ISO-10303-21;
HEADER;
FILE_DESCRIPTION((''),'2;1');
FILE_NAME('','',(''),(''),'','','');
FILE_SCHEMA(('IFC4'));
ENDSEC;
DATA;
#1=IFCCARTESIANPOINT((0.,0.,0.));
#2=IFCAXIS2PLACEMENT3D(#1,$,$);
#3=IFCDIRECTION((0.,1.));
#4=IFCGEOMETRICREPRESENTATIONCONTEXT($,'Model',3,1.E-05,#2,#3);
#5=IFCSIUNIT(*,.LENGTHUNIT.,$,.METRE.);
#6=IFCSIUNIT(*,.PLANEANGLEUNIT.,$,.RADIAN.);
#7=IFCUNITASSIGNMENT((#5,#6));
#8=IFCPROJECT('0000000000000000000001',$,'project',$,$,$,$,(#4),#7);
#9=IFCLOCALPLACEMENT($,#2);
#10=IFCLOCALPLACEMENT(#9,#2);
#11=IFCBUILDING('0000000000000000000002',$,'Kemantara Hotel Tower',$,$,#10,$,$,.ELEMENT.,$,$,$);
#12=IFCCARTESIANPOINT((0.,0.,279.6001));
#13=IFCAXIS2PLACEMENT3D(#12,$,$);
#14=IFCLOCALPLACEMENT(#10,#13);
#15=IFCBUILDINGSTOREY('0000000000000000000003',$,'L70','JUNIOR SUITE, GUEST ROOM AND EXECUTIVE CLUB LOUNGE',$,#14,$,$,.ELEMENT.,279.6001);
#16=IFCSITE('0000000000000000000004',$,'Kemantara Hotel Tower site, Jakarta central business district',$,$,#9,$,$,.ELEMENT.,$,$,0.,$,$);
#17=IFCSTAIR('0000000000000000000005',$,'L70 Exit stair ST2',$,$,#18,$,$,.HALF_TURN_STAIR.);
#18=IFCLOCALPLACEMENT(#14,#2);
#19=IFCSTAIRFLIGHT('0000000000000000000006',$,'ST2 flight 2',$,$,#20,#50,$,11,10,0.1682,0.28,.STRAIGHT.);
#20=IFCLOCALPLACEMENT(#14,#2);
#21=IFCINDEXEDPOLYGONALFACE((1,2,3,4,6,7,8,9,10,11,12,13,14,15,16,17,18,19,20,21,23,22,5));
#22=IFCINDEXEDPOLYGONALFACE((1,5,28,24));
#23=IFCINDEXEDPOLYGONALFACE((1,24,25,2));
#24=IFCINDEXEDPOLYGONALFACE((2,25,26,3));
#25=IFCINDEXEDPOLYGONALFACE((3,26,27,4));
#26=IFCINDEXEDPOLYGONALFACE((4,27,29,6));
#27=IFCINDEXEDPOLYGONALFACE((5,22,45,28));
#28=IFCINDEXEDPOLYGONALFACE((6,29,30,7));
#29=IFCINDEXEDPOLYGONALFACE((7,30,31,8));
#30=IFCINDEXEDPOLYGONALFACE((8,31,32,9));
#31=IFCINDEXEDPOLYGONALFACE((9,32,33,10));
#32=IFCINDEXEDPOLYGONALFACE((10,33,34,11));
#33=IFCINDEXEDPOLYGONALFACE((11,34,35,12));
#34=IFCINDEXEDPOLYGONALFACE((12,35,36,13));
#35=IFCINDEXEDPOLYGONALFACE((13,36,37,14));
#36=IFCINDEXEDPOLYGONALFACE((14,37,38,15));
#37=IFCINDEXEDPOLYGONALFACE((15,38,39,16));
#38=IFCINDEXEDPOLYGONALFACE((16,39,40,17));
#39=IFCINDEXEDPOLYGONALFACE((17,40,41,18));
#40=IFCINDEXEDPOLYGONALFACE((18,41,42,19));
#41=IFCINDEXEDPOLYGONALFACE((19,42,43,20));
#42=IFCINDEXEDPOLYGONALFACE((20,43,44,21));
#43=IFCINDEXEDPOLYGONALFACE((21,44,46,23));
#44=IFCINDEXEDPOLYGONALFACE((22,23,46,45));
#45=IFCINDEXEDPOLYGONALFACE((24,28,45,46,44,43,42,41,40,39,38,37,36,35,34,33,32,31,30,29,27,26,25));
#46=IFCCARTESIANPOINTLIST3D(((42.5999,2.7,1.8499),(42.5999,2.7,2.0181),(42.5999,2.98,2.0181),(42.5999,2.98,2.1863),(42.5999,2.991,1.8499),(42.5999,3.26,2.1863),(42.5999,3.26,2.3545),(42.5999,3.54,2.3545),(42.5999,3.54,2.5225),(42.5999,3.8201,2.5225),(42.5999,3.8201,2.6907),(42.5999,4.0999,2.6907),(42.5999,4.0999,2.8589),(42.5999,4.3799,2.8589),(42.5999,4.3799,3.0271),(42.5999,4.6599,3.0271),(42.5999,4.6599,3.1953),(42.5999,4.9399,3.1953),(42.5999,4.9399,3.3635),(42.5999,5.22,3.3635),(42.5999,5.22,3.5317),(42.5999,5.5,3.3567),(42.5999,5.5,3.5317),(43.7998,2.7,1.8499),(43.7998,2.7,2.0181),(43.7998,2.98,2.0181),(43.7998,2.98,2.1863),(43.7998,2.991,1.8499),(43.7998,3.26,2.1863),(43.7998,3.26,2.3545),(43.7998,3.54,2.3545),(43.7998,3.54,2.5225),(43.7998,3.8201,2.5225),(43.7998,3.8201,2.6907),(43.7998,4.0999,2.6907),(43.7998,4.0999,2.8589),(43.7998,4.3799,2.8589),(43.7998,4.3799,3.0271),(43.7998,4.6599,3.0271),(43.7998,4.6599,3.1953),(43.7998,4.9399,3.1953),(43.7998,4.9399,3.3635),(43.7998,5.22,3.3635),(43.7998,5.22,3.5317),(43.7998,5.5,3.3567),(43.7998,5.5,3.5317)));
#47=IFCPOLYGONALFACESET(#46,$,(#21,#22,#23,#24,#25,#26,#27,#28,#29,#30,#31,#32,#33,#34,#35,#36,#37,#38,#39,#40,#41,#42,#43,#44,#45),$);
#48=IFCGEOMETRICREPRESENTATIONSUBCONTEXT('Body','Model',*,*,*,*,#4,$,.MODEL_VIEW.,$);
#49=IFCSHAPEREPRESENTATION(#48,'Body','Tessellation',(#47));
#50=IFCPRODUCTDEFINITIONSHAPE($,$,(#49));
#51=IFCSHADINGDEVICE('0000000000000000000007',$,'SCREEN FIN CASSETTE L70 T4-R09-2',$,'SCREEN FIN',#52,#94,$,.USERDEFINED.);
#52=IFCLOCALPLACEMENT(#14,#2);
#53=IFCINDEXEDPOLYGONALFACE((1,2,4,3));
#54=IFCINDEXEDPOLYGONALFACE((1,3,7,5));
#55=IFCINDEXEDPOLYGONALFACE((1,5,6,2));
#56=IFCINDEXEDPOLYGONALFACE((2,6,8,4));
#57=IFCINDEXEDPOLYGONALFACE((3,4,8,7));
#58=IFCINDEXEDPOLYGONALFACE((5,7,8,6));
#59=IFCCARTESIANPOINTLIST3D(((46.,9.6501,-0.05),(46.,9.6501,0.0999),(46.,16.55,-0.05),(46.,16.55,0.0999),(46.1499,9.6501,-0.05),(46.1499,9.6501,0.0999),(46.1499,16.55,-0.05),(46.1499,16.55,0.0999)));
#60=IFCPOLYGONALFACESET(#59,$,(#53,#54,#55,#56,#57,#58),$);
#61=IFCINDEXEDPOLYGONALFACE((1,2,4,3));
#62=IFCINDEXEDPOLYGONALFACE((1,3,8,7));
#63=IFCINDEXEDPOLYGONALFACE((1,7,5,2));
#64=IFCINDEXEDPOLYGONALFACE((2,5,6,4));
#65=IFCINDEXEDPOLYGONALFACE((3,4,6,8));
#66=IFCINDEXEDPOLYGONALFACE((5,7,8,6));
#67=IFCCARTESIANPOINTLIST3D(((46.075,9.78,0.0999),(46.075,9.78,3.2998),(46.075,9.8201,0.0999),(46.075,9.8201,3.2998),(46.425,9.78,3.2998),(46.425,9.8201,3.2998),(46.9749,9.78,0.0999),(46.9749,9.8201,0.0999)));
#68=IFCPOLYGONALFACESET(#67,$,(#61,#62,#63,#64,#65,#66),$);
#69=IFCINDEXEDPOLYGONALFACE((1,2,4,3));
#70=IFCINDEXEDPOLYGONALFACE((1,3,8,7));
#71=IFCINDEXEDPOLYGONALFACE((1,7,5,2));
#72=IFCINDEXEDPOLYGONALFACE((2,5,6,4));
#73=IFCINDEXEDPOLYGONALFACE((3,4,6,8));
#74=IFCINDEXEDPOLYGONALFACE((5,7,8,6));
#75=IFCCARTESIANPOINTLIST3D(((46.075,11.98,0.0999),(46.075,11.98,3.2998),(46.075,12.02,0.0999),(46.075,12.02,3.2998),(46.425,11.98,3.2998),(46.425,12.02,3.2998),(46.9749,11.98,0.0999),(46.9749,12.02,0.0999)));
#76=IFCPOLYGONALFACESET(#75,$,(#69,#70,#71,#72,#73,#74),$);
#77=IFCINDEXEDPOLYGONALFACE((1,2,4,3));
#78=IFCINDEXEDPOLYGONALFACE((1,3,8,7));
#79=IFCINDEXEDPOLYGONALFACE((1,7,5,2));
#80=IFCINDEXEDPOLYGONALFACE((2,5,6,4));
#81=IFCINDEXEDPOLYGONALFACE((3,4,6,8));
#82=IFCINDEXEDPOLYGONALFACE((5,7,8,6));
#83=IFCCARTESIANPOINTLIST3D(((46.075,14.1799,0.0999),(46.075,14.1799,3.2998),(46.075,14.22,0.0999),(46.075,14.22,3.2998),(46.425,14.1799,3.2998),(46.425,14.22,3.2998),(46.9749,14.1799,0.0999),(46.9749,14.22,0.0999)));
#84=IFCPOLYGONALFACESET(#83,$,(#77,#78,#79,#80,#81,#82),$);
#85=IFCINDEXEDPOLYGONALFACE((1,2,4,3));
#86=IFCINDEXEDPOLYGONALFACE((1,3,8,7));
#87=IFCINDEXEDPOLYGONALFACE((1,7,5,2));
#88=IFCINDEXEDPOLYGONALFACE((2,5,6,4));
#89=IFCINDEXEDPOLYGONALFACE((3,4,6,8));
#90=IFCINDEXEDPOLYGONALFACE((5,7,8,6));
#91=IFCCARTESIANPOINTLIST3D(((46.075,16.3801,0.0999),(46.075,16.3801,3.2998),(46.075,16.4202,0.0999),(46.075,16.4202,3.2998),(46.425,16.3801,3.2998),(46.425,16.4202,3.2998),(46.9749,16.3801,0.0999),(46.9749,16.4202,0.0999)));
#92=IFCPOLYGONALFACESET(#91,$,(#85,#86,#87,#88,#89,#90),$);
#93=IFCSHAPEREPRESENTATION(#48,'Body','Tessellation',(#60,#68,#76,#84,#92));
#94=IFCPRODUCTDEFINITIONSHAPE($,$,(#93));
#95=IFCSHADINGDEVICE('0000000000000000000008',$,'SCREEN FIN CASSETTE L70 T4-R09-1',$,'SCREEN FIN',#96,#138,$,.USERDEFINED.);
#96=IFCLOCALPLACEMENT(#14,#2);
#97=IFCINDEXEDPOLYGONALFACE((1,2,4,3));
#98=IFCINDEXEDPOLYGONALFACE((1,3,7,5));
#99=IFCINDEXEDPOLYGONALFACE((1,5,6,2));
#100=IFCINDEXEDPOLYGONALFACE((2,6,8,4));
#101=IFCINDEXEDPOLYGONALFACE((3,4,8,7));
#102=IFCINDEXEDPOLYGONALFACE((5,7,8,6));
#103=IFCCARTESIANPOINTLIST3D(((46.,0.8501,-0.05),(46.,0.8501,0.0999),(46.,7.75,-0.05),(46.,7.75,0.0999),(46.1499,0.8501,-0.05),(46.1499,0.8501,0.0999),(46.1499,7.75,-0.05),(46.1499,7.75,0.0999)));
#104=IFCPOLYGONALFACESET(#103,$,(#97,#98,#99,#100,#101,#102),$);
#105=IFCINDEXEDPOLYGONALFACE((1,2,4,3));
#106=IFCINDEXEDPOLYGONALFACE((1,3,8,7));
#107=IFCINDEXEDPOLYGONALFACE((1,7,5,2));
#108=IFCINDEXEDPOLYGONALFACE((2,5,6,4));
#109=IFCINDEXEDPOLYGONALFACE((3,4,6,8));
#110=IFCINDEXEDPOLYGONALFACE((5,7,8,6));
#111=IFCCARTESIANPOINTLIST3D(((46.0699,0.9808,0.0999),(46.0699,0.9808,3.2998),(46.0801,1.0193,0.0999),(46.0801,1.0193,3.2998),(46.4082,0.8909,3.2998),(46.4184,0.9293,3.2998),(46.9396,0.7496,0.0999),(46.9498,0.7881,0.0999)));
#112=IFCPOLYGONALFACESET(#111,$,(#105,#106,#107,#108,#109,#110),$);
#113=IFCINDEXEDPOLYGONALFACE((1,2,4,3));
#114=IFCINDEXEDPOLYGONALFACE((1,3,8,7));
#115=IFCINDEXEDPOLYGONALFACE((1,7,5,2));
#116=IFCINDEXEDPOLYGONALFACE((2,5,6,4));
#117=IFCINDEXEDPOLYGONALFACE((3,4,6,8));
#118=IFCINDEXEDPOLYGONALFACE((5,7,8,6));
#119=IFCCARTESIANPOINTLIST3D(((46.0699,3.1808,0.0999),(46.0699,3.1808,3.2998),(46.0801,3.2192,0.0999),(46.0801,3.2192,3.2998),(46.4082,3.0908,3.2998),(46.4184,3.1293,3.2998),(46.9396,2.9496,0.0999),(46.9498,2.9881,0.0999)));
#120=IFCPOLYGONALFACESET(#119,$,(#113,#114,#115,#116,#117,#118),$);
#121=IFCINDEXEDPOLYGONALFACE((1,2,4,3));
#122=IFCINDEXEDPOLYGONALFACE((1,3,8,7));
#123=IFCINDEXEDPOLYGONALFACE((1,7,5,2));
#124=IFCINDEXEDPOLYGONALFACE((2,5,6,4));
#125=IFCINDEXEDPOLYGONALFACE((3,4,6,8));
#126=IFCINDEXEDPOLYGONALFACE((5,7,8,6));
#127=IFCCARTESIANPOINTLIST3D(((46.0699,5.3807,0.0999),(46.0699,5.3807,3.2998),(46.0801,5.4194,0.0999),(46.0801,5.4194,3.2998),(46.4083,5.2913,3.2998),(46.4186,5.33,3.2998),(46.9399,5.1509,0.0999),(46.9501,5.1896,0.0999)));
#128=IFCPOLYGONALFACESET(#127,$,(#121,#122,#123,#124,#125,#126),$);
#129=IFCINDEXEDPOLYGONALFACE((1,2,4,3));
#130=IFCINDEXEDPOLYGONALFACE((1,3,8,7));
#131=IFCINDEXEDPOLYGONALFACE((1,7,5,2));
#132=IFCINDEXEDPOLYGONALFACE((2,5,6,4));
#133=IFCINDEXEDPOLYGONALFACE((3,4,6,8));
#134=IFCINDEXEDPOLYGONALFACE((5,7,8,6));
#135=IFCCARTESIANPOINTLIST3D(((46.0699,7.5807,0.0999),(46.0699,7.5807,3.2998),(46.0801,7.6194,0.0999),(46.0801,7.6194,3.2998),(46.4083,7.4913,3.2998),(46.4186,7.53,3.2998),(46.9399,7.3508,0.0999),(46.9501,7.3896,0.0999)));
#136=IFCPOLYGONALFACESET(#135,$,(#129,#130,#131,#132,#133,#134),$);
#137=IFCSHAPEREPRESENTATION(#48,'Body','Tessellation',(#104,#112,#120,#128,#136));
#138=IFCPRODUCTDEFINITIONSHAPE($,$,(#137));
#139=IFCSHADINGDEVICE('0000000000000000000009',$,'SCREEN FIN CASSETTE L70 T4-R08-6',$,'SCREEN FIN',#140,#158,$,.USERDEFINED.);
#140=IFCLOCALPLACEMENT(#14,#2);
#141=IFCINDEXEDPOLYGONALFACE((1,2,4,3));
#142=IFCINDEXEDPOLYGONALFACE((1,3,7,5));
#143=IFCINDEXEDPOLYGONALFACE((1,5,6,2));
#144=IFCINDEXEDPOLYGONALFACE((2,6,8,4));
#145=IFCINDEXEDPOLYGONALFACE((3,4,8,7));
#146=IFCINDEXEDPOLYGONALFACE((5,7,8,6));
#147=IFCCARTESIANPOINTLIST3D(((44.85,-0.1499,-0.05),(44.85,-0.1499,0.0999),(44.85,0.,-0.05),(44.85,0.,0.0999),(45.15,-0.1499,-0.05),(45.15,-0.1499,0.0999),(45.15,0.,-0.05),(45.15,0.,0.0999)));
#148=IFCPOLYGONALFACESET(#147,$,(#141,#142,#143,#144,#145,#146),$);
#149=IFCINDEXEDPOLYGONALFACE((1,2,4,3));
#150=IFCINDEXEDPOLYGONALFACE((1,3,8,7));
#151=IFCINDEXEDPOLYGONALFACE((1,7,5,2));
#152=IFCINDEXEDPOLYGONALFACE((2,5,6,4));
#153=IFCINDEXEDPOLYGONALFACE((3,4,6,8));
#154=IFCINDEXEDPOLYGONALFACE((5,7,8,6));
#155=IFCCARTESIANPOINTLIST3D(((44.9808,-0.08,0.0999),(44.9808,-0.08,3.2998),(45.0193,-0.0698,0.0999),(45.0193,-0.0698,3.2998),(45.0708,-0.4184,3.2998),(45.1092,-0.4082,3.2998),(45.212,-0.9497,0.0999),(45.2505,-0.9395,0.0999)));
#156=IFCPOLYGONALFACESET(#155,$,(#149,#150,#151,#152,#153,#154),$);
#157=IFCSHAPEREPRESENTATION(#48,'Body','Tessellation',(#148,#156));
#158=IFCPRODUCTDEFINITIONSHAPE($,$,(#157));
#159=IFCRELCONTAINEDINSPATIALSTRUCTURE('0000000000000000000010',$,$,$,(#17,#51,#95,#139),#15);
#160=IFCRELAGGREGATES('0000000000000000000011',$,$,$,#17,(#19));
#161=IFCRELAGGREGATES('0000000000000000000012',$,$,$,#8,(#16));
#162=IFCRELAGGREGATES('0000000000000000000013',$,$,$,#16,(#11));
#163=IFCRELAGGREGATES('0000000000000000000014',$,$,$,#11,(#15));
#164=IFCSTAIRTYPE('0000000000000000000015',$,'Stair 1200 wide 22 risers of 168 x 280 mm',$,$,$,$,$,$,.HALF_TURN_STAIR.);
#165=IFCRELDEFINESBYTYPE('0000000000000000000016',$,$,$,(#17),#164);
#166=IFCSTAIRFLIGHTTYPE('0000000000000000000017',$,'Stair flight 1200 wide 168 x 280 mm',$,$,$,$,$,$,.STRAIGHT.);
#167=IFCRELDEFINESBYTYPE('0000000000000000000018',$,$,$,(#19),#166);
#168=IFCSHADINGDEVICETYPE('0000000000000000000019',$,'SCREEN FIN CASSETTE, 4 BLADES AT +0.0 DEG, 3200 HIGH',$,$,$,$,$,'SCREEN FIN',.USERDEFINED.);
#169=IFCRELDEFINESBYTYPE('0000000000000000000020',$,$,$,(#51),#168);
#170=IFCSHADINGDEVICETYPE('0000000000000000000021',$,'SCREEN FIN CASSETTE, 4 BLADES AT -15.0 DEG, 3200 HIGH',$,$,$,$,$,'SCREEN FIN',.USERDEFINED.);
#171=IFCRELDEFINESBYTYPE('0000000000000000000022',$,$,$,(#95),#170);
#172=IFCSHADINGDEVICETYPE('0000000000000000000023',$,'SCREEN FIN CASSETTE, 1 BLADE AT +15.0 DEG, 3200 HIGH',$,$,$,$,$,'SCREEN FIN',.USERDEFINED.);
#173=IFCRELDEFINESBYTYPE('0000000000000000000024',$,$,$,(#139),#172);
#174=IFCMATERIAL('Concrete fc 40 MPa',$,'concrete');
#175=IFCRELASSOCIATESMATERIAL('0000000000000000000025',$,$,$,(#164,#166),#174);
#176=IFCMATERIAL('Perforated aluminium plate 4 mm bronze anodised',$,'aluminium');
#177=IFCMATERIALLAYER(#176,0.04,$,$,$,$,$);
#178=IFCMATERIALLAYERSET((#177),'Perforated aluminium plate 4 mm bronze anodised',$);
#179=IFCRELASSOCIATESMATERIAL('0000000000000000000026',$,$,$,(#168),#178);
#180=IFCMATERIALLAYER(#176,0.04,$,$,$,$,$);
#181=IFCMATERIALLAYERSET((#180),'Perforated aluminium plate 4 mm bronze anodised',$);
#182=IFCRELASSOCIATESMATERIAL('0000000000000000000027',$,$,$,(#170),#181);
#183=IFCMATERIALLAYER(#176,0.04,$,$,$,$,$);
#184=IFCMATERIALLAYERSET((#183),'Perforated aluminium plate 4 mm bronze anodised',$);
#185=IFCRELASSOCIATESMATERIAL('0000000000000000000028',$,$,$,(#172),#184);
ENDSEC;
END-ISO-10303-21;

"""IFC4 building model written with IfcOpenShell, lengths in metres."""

from ifc_helpers import new_model, si_unit, direction, frame, origin, origin_2d, place, context, subcontext, project, spatial, polyline, rectangle, outline, extrude, source, transform, mapped, material, layer, layer_set, type_object, element, aggregate, save


model = new_model("IFC4")

# Units and contexts
model_context = context("Model", 3, precision=1e-05, world=origin(), true_north=direction((0.0, 1.0)))
body_context = subcontext(model_context, "Body", "Model", "MODEL_VIEW")
ifc_project = project(units=[si_unit("LENGTHUNIT", "METRE"), si_unit("PLANEANGLEUNIT", "RADIAN")], contexts=[model_context])

# Site, building, storey
site_placement = place(None, origin())
site = spatial("IfcSite", under=ifc_project, at=site_placement, Name="Kemantara Hotel Tower site, Jakarta central business district", CompositionType="ELEMENT", RefElevation=0.0)
building_placement = place(site_placement, origin())
building = spatial("IfcBuilding", under=site, at=building_placement, Name="Kemantara Hotel Tower", CompositionType="ELEMENT")
storey_placement = place(building_placement, frame((0.0, 0.0, 279.6001)))
storey = spatial("IfcBuildingStorey", under=building, at=storey_placement, Name="L70", Description="JUNIOR SUITE, GUEST ROOM AND EXECUTIVE CLUB LOUNGE", CompositionType="ELEMENT", Elevation=279.6001)

# Stair, stair flight
ifc_material_1 = material(Name="Concrete fc 40 MPa", Category="concrete")
stair_type = type_object("IfcStairType", Name="Stair 1200 wide 22 risers of 168 x 280 mm", PredefinedType="HALF_TURN_STAIR", material=ifc_material_1)
stair_placement = place(storey_placement, origin())
stair = element("IfcStair", 1, at=stair_placement, inside=storey, type_object=stair_type, Name="L70 Exit stair ST2", PredefinedType="HALF_TURN_STAIR")
stair_flight_type = type_object("IfcStairFlightType", Name="Stair flight 1200 wide 168 x 280 mm", PredefinedType="STRAIGHT", material=ifc_material_1)
stair_flight_placement = place(storey_placement, frame((43.2, 2.7, 1.8499), z_axis=(0.0, 0.0, 1.0), x_axis=(0.0, 1.0, 0.0)))
stair_flight = element("IfcStairFlight", 2, at=stair_flight_placement, type_object=stair_flight_type, Name="ST2 flight 2", NumberOfRisers=11, NumberOfTreads=10, PredefinedType="STRAIGHT", RiserHeight=0.1682, TreadLength=0.28, context=body_context, shape_type="SweptSolid", body=[
    extrude(outline(polyline([(0.0, 0.0), (0.0, 0.1682), (0.28, 0.1682), (0.28, 0.3364), (0.5601, 0.3364), (0.5601, 0.5046), (0.8401, 0.5046), (0.8401, 0.6726), (1.1201, 0.6726), (1.1201, 0.8408), (1.3999, 0.8408), (1.3999, 1.009), (1.6799, 1.009), (1.6799, 1.1772), (1.96, 1.1772), (1.96, 1.3455), (2.24, 1.3455), (2.24, 1.5137), (2.52, 1.5137), (2.52, 1.6819), (2.8, 1.6819), (2.8, 1.8501), (2.8, 1.5068), (0.291, 0.0), (0.0, 0.0)])), frame((0.0, 0.6001, 0.0), z_axis=(0.0, -1.0, 0.0), x_axis=(1.0, 0.0, 0.0)), (0.0, 0.0, 1.0), 1.2),
])
aggregate(stair, [stair_flight])

# Shading devices
ifc_material_2 = material(Name="Perforated aluminium plate 4 mm bronze anodised", Category="aluminium")
ifc_layer_1 = layer(ifc_material_2, 0.04)
ifc_layer_set_1 = layer_set([ifc_layer_1], Name="Perforated aluminium plate 4 mm bronze anodised")
shading_device_type_1 = type_object("IfcShadingDeviceType", Name="SCREEN FIN CASSETTE, 4 BLADES AT +0.0 DEG, 3200 HIGH", ElementType="SCREEN FIN", PredefinedType="USERDEFINED", material=ifc_layer_set_1)
shared_shape_1 = source(origin(), body_context, "Body", "SweptSolid", [
    extrude(rectangle(XDim=6.8999, YDim=0.1499, at=origin_2d()), frame((3.3, -0.075, -0.1499), z_axis=(0.0, 0.0, 1.0), x_axis=(1.0, 0.0, 0.0)), (0.0, 0.0, 1.0), 0.1499),
    extrude(outline(polyline([(0.0, 0.0), (0.8999, 0.0), (0.3501, 3.2), (0.0, 3.2), (0.0, 0.0)])), frame((0.02, -0.075, 0.0), z_axis=(-1.0, 0.0, 0.0), x_axis=(0.0, -1.0, 0.0)), (0.0, 0.0, 1.0), 0.04),
    extrude(outline(polyline([(0.0, 0.0), (0.8999, 0.0), (0.3501, 3.2), (0.0, 3.2), (0.0, 0.0)])), frame((2.22, -0.075, 0.0), z_axis=(-1.0, 0.0, 0.0), x_axis=(0.0, -1.0, 0.0)), (0.0, 0.0, 1.0), 0.04),
    extrude(outline(polyline([(0.0, 0.0), (0.8999, 0.0), (0.3501, 3.2), (0.0, 3.2), (0.0, 0.0)])), frame((4.4199, -0.075, 0.0), z_axis=(-1.0, 0.0, 0.0), x_axis=(0.0, -1.0, 0.0)), (0.0, 0.0, 1.0), 0.04),
    extrude(outline(polyline([(0.0, 0.0), (0.8999, 0.0), (0.3501, 3.2), (0.0, 3.2), (0.0, 0.0)])), frame((6.6201, -0.075, 0.0), z_axis=(-1.0, 0.0, 0.0), x_axis=(0.0, -1.0, 0.0)), (0.0, 0.0, 1.0), 0.04),
])
shading_device_1_placement = place(storey_placement, frame((46.0, 9.8, 0.0999), z_axis=(0.0, 0.0, 1.0), x_axis=(0.0, 1.0, 0.0)))
element("IfcShadingDevice", 3, at=shading_device_1_placement, inside=storey, type_object=shading_device_type_1, Name="SCREEN FIN CASSETTE L70 T4-R09-2", ObjectType="SCREEN FIN", PredefinedType="USERDEFINED", context=body_context, shape_type="MappedRepresentation", body=[
    mapped(shared_shape_1, transform((0.0, 0.0, 0.0))),
])
ifc_layer_2 = layer(ifc_material_2, 0.04)
ifc_layer_set_2 = layer_set([ifc_layer_2], Name="Perforated aluminium plate 4 mm bronze anodised")
shading_device_type_2 = type_object("IfcShadingDeviceType", Name="SCREEN FIN CASSETTE, 4 BLADES AT -15.0 DEG, 3200 HIGH", ElementType="SCREEN FIN", PredefinedType="USERDEFINED", material=ifc_layer_set_2)
shared_shape_2 = source(origin(), body_context, "Body", "SweptSolid", [
    extrude(rectangle(XDim=6.8999, YDim=0.1499, at=origin_2d()), frame((3.3, -0.075, -0.1499), z_axis=(0.0, 0.0, 1.0), x_axis=(1.0, 0.0, 0.0)), (0.0, 0.0, 1.0), 0.1499),
    extrude(outline(polyline([(0.0, 0.0), (0.8999, 0.0), (0.3501, 3.2), (0.0, 3.2), (0.0, 0.0)])), frame((0.0193, -0.0801, 0.0), z_axis=(-0.966438, 0.256901, 0.0), x_axis=(-0.256901, -0.966438, 0.0)), (0.0, 0.0, 1.0), 0.0398),
    extrude(outline(polyline([(0.0, 0.0), (0.8999, 0.0), (0.3501, 3.2), (0.0, 3.2), (0.0, 0.0)])), frame((2.2192, -0.0801, 0.0), z_axis=(-0.966438, 0.256901, 0.0), x_axis=(-0.256901, -0.966438, 0.0)), (0.0, 0.0, 1.0), 0.0398),
    extrude(outline(polyline([(0.0, 0.0), (0.8999, 0.0), (0.3501, 3.2), (0.0, 3.2), (0.0, 0.0)])), frame((4.4194, -0.0801, 0.0), z_axis=(-0.966838, 0.255391, 0.0), x_axis=(-0.255391, -0.966838, 0.0)), (0.0, 0.0, 1.0), 0.04),
    extrude(outline(polyline([(0.0, 0.0), (0.8999, 0.0), (0.3501, 3.2), (0.0, 3.2), (0.0, 0.0)])), frame((6.6194, -0.0801, 0.0), z_axis=(-0.966838, 0.255391, 0.0), x_axis=(-0.255391, -0.966838, 0.0)), (0.0, 0.0, 1.0), 0.04),
])
shading_device_2_placement = place(storey_placement, frame((46.0, 1.0, 0.0999), z_axis=(0.0, 0.0, 1.0), x_axis=(0.0, 1.0, 0.0)))
element("IfcShadingDevice", 4, at=shading_device_2_placement, inside=storey, type_object=shading_device_type_2, Name="SCREEN FIN CASSETTE L70 T4-R09-1", ObjectType="SCREEN FIN", PredefinedType="USERDEFINED", context=body_context, shape_type="MappedRepresentation", body=[
    mapped(shared_shape_2, transform((0.0, 0.0, 0.0))),
])
ifc_layer_3 = layer(ifc_material_2, 0.04)
ifc_layer_set_3 = layer_set([ifc_layer_3], Name="Perforated aluminium plate 4 mm bronze anodised")
shading_device_type_3 = type_object("IfcShadingDeviceType", Name="SCREEN FIN CASSETTE, 1 BLADE AT +15.0 DEG, 3200 HIGH", ElementType="SCREEN FIN", PredefinedType="USERDEFINED", material=ifc_layer_set_3)
shared_shape_3 = source(origin(), body_context, "Body", "SweptSolid", [
    extrude(rectangle(XDim=0.3, YDim=0.1499, at=origin_2d()), frame((0.0, -0.075, -0.1499), z_axis=(0.0, 0.0, 1.0), x_axis=(1.0, 0.0, 0.0)), (0.0, 0.0, 1.0), 0.1499),
    extrude(outline(polyline([(0.0, 0.0), (0.8999, 0.0), (0.3501, 3.2), (0.0, 3.2), (0.0, 0.0)])), frame((0.0193, -0.0698, 0.0), z_axis=(-0.966438, -0.256901, 0.0), x_axis=(0.256901, -0.966438, 0.0)), (0.0, 0.0, 1.0), 0.0398),
])
shading_device_3_placement = place(storey_placement, frame((45.0, 0.0, 0.0999), z_axis=(0.0, 0.0, 1.0), x_axis=(1.0, 0.0, 0.0)))
element("IfcShadingDevice", 5, at=shading_device_3_placement, inside=storey, type_object=shading_device_type_3, Name="SCREEN FIN CASSETTE L70 T4-R08-6", ObjectType="SCREEN FIN", PredefinedType="USERDEFINED", context=body_context, shape_type="MappedRepresentation", body=[
    mapped(shared_shape_3, transform((0.0, 0.0, 0.0))),
])

save(model, "model.ifc")
